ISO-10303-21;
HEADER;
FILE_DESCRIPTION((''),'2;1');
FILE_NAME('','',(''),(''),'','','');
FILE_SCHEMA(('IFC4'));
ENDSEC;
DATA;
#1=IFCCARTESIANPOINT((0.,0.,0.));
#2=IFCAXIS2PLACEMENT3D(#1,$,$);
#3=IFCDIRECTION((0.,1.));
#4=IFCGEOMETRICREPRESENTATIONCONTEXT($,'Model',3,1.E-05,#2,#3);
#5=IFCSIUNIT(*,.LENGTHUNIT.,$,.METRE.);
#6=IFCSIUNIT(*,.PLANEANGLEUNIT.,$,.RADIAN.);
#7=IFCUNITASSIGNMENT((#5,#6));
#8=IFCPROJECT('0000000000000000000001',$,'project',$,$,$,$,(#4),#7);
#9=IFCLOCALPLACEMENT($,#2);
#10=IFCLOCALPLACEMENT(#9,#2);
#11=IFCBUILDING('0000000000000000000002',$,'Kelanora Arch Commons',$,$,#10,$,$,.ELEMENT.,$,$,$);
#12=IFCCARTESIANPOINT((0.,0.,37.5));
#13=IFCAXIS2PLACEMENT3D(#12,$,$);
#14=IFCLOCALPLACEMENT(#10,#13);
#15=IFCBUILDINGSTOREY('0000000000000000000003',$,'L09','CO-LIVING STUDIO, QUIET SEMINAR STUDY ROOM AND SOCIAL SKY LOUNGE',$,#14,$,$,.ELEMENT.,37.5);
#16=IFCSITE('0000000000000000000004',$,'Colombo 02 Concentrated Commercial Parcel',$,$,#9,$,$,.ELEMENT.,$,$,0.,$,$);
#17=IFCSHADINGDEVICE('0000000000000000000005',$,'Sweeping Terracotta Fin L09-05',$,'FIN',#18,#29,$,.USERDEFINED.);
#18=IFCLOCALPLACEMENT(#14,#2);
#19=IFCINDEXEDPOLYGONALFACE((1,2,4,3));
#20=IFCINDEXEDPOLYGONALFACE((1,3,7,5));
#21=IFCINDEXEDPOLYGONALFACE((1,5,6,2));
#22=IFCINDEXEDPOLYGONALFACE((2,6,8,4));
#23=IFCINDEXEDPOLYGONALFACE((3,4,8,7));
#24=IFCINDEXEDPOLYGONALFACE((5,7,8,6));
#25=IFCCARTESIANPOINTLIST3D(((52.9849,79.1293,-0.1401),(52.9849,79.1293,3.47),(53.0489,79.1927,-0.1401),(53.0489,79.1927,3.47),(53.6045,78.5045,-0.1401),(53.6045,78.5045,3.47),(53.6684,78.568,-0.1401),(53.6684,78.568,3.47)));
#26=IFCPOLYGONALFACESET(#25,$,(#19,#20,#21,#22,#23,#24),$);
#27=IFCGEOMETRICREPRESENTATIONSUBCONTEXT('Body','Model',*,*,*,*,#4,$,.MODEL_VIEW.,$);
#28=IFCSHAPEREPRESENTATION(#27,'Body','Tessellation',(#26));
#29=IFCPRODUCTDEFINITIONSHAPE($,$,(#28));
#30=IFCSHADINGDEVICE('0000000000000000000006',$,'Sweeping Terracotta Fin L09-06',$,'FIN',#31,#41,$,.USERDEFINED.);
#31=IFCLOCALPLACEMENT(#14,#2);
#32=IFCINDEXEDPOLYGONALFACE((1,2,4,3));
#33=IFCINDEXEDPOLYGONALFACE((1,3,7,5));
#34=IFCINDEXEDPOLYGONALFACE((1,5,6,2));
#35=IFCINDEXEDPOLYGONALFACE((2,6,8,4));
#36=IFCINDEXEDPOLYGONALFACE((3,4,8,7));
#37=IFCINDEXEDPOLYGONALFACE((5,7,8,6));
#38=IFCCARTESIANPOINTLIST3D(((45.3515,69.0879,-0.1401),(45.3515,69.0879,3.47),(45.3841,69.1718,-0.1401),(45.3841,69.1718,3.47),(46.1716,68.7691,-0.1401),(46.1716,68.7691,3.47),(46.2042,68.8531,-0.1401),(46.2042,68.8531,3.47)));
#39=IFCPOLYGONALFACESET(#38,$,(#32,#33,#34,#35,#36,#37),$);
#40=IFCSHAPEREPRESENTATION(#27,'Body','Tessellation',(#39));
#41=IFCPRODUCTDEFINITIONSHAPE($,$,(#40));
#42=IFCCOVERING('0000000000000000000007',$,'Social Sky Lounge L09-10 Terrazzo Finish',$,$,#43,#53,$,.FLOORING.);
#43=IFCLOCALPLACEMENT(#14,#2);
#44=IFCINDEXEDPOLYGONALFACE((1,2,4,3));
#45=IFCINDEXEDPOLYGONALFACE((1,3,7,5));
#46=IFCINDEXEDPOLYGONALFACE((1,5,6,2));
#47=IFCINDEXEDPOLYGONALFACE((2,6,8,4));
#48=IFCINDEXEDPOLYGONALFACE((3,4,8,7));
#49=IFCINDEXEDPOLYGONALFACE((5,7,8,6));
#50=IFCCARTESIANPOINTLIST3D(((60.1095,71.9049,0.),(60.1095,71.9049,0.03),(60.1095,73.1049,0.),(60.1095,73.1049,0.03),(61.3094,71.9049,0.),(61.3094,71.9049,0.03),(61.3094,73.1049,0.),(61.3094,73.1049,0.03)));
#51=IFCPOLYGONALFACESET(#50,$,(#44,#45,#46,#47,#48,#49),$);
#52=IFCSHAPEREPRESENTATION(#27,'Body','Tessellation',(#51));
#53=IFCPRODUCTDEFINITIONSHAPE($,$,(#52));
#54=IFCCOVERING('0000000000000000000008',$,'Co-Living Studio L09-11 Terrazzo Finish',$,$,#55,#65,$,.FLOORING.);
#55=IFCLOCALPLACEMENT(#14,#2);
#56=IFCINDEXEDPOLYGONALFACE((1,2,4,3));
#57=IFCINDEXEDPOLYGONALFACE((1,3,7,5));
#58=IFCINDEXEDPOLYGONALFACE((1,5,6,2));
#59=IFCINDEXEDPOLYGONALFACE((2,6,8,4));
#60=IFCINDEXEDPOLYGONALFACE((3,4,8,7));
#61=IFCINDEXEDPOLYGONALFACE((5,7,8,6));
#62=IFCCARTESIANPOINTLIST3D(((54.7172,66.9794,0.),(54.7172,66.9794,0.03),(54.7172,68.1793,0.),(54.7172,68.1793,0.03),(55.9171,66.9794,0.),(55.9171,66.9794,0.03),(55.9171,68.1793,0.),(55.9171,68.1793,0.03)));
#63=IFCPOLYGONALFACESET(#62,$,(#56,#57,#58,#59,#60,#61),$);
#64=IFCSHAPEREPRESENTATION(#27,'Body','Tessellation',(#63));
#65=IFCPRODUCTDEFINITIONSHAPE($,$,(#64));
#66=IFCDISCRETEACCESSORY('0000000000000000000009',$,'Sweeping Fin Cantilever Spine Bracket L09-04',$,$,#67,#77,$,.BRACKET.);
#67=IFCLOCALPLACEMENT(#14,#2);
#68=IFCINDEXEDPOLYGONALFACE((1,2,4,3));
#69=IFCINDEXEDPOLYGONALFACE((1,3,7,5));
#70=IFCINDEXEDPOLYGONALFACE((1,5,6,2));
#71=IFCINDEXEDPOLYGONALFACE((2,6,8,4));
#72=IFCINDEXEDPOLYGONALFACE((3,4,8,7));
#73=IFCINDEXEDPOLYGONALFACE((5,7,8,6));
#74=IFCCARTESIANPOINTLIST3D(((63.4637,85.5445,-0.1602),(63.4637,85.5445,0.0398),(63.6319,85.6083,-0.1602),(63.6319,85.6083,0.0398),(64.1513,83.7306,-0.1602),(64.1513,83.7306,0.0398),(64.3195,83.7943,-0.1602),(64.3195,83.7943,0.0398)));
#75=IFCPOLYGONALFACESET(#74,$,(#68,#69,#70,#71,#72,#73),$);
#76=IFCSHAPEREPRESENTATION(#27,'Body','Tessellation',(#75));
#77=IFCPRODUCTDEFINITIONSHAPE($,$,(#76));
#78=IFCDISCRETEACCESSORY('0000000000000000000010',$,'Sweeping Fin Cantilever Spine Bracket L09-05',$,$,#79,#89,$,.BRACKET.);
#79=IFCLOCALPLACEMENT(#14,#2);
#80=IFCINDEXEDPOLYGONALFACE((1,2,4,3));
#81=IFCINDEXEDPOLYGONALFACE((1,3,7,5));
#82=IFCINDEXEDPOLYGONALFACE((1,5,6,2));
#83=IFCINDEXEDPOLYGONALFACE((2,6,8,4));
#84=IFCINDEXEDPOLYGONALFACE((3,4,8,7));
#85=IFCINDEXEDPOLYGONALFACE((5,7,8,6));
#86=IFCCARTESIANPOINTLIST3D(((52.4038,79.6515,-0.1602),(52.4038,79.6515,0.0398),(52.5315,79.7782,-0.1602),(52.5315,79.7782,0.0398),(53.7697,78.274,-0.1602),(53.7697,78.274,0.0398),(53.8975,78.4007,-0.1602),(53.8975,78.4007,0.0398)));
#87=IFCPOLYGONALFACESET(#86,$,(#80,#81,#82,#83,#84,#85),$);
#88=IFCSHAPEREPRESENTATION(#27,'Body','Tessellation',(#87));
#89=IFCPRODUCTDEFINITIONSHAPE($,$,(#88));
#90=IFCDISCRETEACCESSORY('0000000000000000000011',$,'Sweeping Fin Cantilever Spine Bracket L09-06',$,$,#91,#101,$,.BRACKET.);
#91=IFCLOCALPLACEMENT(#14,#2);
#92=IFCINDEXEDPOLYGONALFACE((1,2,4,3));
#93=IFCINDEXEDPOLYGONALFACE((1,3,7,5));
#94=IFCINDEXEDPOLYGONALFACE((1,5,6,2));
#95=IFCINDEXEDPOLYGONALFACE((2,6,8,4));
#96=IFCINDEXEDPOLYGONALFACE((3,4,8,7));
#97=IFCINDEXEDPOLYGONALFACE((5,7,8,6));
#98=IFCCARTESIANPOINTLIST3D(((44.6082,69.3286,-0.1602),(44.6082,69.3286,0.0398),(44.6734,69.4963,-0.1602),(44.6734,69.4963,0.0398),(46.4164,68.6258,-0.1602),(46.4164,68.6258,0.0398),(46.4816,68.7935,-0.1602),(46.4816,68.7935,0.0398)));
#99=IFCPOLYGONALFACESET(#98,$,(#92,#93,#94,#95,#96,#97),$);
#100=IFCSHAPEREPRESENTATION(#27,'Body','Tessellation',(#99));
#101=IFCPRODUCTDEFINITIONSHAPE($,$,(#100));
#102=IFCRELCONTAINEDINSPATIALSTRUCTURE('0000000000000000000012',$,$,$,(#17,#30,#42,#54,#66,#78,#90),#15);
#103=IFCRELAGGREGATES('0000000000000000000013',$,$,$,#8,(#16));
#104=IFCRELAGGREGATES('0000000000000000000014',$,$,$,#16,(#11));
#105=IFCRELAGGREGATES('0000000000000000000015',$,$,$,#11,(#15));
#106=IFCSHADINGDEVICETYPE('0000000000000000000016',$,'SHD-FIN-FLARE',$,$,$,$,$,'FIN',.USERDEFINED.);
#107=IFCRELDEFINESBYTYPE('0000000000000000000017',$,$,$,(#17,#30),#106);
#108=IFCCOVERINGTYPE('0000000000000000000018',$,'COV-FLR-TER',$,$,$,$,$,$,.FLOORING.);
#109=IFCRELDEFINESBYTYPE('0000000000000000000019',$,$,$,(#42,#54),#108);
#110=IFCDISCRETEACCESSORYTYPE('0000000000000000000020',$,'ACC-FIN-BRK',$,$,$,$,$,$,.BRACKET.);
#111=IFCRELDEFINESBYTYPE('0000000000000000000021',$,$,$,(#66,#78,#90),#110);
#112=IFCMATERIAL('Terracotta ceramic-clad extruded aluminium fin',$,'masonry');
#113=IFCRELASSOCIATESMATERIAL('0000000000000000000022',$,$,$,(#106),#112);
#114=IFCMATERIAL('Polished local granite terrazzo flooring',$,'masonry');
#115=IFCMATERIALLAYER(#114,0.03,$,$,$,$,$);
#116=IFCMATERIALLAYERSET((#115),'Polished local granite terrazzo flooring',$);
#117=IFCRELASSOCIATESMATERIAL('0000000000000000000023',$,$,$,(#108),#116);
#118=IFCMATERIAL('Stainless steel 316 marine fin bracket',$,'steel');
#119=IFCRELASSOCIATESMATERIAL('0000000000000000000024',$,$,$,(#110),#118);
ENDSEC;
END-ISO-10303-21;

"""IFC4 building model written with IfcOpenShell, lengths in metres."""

from ifc_helpers import new_model, si_unit, direction, frame, origin, origin_2d, place, context, subcontext, project, spatial, rectangle, extrude, source, transform, mapped, material, layer, layer_set, type_object, element, save


model = new_model("IFC4")

# Units and contexts
model_context = context("Model", 3, precision=1e-05, world=origin(), true_north=direction((0.0, 1.0)))
body_context = subcontext(model_context, "Body", "Model", "MODEL_VIEW")
ifc_project = project(units=[si_unit("LENGTHUNIT", "METRE"), si_unit("PLANEANGLEUNIT", "RADIAN")], contexts=[model_context])

# Site, building, storey
site_placement = place(None, origin())
site = spatial("IfcSite", under=ifc_project, at=site_placement, Name="Colombo 02 Concentrated Commercial Parcel", CompositionType="ELEMENT", RefElevation=0.0)
building_placement = place(site_placement, origin())
building = spatial("IfcBuilding", under=site, at=building_placement, Name="Kelanora Arch Commons", CompositionType="ELEMENT")
storey_placement = place(building_placement, frame((0.0, 0.0, 37.5)))
storey = spatial("IfcBuildingStorey", under=building, at=storey_placement, Name="L09", Description="CO-LIVING STUDIO, QUIET SEMINAR STUDY ROOM AND SOCIAL SKY LOUNGE", CompositionType="ELEMENT", Elevation=37.5)

# Shading devices
ifc_material_1 = material(Name="Terracotta ceramic-clad extruded aluminium fin", Category="masonry")
shading_device_type = type_object("IfcShadingDeviceType", Name="SHD-FIN-FLARE", ElementType="FIN", PredefinedType="USERDEFINED", material=ifc_material_1)
shared_shape_1 = source(origin(), body_context, "Body", "SweptSolid", [
    extrude(rectangle(XDim=0.8799, YDim=0.0901, at=origin_2d()), origin(), (0.0, 0.0, 1.0), 3.6101),
])
for number, where, z_axis, x_axis, name in (
    (1, (53.3267, 78.8486, -0.1401), (0.0, 0.0, 1.0), (-0.704139, 0.710062, 0.0), "Sweeping Terracotta Fin L09-05"),
    (2, (45.7778, 68.9705, -0.1401), (0.0, 0.0, 1.0), (-0.932071, 0.362275, 0.0), "Sweeping Terracotta Fin L09-06"),
):
    element("IfcShadingDevice", number, at=place(storey_placement, frame(where, z_axis=z_axis, x_axis=x_axis)), inside=storey, type_object=shading_device_type, Name=name, ObjectType="FIN", PredefinedType="USERDEFINED", context=body_context, shape_type="MappedRepresentation", body=[
        mapped(shared_shape_1, transform((0.0, 0.0, 0.0), scale=1.0)),
    ])

# Coverings
ifc_material_2 = material(Name="Polished local granite terrazzo flooring", Category="masonry")
ifc_layer_1 = layer(ifc_material_2, 0.03)
ifc_layer_set_1 = layer_set([ifc_layer_1], Name="Polished local granite terrazzo flooring")
covering_type = type_object("IfcCoveringType", Name="COV-FLR-TER", PredefinedType="FLOORING", material=ifc_layer_set_1)
shared_shape_2 = source(origin(), body_context, "Body", "SweptSolid", [
    extrude(rectangle(XDim=1.2, YDim=1.2, at=origin_2d()), origin(), (0.0, 0.0, 1.0), 0.03),
])
for number, where, z_axis, x_axis, name in (
    (3, (60.7095, 72.5049, 0.0), (0.0, 0.0, 1.0), (1.0, 0.0, 0.0), "Social Sky Lounge L09-10 Terrazzo Finish"),
    (4, (55.3171, 67.5793, 0.0), (0.0, 0.0, 1.0), (1.0, 0.0, 0.0), "Co-Living Studio L09-11 Terrazzo Finish"),
):
    element("IfcCovering", number, at=place(storey_placement, frame(where, z_axis=z_axis, x_axis=x_axis)), inside=storey, type_object=covering_type, Name=name, PredefinedType="FLOORING", context=body_context, shape_type="MappedRepresentation", body=[
        mapped(shared_shape_2, transform((0.0, 0.0, 0.0), scale=1.0)),
    ])

# Discrete accessories
ifc_material_3 = material(Name="Stainless steel 316 marine fin bracket", Category="steel")
discrete_accessory_type = type_object("IfcDiscreteAccessoryType", Name="ACC-FIN-BRK", PredefinedType="BRACKET", material=ifc_material_3)
shared_shape_3 = source(origin(), body_context, "Body", "SweptSolid", [
    extrude(rectangle(XDim=1.9399, YDim=0.1799, at=origin_2d()), origin(), (0.0, 0.0, 1.0), 0.2),
])
for number, where, z_axis, x_axis, name in (
    (5, (63.8916, 84.6694, -0.1602), (0.0, 0.0, 1.0), (-0.354454, 0.935073, 0.0), "Sweeping Fin Cantilever Spine Bracket L09-04"),
    (6, (53.1506, 79.0261, -0.1602), (0.0, 0.0, 1.0), (-0.704139, 0.710062, 0.0), "Sweeping Fin Cantilever Spine Bracket L09-05"),
    (7, (45.5449, 69.061, -0.1602), (0.0, 0.0, 1.0), (-0.932071, 0.362275, 0.0), "Sweeping Fin Cantilever Spine Bracket L09-06"),
):
    element("IfcDiscreteAccessory", number, at=place(storey_placement, frame(where, z_axis=z_axis, x_axis=x_axis)), inside=storey, type_object=discrete_accessory_type, Name=name, PredefinedType="BRACKET", context=body_context, shape_type="MappedRepresentation", body=[
        mapped(shared_shape_3, transform((0.0, 0.0, 0.0), scale=1.0)),
    ])

save(model, "model.ifc")
